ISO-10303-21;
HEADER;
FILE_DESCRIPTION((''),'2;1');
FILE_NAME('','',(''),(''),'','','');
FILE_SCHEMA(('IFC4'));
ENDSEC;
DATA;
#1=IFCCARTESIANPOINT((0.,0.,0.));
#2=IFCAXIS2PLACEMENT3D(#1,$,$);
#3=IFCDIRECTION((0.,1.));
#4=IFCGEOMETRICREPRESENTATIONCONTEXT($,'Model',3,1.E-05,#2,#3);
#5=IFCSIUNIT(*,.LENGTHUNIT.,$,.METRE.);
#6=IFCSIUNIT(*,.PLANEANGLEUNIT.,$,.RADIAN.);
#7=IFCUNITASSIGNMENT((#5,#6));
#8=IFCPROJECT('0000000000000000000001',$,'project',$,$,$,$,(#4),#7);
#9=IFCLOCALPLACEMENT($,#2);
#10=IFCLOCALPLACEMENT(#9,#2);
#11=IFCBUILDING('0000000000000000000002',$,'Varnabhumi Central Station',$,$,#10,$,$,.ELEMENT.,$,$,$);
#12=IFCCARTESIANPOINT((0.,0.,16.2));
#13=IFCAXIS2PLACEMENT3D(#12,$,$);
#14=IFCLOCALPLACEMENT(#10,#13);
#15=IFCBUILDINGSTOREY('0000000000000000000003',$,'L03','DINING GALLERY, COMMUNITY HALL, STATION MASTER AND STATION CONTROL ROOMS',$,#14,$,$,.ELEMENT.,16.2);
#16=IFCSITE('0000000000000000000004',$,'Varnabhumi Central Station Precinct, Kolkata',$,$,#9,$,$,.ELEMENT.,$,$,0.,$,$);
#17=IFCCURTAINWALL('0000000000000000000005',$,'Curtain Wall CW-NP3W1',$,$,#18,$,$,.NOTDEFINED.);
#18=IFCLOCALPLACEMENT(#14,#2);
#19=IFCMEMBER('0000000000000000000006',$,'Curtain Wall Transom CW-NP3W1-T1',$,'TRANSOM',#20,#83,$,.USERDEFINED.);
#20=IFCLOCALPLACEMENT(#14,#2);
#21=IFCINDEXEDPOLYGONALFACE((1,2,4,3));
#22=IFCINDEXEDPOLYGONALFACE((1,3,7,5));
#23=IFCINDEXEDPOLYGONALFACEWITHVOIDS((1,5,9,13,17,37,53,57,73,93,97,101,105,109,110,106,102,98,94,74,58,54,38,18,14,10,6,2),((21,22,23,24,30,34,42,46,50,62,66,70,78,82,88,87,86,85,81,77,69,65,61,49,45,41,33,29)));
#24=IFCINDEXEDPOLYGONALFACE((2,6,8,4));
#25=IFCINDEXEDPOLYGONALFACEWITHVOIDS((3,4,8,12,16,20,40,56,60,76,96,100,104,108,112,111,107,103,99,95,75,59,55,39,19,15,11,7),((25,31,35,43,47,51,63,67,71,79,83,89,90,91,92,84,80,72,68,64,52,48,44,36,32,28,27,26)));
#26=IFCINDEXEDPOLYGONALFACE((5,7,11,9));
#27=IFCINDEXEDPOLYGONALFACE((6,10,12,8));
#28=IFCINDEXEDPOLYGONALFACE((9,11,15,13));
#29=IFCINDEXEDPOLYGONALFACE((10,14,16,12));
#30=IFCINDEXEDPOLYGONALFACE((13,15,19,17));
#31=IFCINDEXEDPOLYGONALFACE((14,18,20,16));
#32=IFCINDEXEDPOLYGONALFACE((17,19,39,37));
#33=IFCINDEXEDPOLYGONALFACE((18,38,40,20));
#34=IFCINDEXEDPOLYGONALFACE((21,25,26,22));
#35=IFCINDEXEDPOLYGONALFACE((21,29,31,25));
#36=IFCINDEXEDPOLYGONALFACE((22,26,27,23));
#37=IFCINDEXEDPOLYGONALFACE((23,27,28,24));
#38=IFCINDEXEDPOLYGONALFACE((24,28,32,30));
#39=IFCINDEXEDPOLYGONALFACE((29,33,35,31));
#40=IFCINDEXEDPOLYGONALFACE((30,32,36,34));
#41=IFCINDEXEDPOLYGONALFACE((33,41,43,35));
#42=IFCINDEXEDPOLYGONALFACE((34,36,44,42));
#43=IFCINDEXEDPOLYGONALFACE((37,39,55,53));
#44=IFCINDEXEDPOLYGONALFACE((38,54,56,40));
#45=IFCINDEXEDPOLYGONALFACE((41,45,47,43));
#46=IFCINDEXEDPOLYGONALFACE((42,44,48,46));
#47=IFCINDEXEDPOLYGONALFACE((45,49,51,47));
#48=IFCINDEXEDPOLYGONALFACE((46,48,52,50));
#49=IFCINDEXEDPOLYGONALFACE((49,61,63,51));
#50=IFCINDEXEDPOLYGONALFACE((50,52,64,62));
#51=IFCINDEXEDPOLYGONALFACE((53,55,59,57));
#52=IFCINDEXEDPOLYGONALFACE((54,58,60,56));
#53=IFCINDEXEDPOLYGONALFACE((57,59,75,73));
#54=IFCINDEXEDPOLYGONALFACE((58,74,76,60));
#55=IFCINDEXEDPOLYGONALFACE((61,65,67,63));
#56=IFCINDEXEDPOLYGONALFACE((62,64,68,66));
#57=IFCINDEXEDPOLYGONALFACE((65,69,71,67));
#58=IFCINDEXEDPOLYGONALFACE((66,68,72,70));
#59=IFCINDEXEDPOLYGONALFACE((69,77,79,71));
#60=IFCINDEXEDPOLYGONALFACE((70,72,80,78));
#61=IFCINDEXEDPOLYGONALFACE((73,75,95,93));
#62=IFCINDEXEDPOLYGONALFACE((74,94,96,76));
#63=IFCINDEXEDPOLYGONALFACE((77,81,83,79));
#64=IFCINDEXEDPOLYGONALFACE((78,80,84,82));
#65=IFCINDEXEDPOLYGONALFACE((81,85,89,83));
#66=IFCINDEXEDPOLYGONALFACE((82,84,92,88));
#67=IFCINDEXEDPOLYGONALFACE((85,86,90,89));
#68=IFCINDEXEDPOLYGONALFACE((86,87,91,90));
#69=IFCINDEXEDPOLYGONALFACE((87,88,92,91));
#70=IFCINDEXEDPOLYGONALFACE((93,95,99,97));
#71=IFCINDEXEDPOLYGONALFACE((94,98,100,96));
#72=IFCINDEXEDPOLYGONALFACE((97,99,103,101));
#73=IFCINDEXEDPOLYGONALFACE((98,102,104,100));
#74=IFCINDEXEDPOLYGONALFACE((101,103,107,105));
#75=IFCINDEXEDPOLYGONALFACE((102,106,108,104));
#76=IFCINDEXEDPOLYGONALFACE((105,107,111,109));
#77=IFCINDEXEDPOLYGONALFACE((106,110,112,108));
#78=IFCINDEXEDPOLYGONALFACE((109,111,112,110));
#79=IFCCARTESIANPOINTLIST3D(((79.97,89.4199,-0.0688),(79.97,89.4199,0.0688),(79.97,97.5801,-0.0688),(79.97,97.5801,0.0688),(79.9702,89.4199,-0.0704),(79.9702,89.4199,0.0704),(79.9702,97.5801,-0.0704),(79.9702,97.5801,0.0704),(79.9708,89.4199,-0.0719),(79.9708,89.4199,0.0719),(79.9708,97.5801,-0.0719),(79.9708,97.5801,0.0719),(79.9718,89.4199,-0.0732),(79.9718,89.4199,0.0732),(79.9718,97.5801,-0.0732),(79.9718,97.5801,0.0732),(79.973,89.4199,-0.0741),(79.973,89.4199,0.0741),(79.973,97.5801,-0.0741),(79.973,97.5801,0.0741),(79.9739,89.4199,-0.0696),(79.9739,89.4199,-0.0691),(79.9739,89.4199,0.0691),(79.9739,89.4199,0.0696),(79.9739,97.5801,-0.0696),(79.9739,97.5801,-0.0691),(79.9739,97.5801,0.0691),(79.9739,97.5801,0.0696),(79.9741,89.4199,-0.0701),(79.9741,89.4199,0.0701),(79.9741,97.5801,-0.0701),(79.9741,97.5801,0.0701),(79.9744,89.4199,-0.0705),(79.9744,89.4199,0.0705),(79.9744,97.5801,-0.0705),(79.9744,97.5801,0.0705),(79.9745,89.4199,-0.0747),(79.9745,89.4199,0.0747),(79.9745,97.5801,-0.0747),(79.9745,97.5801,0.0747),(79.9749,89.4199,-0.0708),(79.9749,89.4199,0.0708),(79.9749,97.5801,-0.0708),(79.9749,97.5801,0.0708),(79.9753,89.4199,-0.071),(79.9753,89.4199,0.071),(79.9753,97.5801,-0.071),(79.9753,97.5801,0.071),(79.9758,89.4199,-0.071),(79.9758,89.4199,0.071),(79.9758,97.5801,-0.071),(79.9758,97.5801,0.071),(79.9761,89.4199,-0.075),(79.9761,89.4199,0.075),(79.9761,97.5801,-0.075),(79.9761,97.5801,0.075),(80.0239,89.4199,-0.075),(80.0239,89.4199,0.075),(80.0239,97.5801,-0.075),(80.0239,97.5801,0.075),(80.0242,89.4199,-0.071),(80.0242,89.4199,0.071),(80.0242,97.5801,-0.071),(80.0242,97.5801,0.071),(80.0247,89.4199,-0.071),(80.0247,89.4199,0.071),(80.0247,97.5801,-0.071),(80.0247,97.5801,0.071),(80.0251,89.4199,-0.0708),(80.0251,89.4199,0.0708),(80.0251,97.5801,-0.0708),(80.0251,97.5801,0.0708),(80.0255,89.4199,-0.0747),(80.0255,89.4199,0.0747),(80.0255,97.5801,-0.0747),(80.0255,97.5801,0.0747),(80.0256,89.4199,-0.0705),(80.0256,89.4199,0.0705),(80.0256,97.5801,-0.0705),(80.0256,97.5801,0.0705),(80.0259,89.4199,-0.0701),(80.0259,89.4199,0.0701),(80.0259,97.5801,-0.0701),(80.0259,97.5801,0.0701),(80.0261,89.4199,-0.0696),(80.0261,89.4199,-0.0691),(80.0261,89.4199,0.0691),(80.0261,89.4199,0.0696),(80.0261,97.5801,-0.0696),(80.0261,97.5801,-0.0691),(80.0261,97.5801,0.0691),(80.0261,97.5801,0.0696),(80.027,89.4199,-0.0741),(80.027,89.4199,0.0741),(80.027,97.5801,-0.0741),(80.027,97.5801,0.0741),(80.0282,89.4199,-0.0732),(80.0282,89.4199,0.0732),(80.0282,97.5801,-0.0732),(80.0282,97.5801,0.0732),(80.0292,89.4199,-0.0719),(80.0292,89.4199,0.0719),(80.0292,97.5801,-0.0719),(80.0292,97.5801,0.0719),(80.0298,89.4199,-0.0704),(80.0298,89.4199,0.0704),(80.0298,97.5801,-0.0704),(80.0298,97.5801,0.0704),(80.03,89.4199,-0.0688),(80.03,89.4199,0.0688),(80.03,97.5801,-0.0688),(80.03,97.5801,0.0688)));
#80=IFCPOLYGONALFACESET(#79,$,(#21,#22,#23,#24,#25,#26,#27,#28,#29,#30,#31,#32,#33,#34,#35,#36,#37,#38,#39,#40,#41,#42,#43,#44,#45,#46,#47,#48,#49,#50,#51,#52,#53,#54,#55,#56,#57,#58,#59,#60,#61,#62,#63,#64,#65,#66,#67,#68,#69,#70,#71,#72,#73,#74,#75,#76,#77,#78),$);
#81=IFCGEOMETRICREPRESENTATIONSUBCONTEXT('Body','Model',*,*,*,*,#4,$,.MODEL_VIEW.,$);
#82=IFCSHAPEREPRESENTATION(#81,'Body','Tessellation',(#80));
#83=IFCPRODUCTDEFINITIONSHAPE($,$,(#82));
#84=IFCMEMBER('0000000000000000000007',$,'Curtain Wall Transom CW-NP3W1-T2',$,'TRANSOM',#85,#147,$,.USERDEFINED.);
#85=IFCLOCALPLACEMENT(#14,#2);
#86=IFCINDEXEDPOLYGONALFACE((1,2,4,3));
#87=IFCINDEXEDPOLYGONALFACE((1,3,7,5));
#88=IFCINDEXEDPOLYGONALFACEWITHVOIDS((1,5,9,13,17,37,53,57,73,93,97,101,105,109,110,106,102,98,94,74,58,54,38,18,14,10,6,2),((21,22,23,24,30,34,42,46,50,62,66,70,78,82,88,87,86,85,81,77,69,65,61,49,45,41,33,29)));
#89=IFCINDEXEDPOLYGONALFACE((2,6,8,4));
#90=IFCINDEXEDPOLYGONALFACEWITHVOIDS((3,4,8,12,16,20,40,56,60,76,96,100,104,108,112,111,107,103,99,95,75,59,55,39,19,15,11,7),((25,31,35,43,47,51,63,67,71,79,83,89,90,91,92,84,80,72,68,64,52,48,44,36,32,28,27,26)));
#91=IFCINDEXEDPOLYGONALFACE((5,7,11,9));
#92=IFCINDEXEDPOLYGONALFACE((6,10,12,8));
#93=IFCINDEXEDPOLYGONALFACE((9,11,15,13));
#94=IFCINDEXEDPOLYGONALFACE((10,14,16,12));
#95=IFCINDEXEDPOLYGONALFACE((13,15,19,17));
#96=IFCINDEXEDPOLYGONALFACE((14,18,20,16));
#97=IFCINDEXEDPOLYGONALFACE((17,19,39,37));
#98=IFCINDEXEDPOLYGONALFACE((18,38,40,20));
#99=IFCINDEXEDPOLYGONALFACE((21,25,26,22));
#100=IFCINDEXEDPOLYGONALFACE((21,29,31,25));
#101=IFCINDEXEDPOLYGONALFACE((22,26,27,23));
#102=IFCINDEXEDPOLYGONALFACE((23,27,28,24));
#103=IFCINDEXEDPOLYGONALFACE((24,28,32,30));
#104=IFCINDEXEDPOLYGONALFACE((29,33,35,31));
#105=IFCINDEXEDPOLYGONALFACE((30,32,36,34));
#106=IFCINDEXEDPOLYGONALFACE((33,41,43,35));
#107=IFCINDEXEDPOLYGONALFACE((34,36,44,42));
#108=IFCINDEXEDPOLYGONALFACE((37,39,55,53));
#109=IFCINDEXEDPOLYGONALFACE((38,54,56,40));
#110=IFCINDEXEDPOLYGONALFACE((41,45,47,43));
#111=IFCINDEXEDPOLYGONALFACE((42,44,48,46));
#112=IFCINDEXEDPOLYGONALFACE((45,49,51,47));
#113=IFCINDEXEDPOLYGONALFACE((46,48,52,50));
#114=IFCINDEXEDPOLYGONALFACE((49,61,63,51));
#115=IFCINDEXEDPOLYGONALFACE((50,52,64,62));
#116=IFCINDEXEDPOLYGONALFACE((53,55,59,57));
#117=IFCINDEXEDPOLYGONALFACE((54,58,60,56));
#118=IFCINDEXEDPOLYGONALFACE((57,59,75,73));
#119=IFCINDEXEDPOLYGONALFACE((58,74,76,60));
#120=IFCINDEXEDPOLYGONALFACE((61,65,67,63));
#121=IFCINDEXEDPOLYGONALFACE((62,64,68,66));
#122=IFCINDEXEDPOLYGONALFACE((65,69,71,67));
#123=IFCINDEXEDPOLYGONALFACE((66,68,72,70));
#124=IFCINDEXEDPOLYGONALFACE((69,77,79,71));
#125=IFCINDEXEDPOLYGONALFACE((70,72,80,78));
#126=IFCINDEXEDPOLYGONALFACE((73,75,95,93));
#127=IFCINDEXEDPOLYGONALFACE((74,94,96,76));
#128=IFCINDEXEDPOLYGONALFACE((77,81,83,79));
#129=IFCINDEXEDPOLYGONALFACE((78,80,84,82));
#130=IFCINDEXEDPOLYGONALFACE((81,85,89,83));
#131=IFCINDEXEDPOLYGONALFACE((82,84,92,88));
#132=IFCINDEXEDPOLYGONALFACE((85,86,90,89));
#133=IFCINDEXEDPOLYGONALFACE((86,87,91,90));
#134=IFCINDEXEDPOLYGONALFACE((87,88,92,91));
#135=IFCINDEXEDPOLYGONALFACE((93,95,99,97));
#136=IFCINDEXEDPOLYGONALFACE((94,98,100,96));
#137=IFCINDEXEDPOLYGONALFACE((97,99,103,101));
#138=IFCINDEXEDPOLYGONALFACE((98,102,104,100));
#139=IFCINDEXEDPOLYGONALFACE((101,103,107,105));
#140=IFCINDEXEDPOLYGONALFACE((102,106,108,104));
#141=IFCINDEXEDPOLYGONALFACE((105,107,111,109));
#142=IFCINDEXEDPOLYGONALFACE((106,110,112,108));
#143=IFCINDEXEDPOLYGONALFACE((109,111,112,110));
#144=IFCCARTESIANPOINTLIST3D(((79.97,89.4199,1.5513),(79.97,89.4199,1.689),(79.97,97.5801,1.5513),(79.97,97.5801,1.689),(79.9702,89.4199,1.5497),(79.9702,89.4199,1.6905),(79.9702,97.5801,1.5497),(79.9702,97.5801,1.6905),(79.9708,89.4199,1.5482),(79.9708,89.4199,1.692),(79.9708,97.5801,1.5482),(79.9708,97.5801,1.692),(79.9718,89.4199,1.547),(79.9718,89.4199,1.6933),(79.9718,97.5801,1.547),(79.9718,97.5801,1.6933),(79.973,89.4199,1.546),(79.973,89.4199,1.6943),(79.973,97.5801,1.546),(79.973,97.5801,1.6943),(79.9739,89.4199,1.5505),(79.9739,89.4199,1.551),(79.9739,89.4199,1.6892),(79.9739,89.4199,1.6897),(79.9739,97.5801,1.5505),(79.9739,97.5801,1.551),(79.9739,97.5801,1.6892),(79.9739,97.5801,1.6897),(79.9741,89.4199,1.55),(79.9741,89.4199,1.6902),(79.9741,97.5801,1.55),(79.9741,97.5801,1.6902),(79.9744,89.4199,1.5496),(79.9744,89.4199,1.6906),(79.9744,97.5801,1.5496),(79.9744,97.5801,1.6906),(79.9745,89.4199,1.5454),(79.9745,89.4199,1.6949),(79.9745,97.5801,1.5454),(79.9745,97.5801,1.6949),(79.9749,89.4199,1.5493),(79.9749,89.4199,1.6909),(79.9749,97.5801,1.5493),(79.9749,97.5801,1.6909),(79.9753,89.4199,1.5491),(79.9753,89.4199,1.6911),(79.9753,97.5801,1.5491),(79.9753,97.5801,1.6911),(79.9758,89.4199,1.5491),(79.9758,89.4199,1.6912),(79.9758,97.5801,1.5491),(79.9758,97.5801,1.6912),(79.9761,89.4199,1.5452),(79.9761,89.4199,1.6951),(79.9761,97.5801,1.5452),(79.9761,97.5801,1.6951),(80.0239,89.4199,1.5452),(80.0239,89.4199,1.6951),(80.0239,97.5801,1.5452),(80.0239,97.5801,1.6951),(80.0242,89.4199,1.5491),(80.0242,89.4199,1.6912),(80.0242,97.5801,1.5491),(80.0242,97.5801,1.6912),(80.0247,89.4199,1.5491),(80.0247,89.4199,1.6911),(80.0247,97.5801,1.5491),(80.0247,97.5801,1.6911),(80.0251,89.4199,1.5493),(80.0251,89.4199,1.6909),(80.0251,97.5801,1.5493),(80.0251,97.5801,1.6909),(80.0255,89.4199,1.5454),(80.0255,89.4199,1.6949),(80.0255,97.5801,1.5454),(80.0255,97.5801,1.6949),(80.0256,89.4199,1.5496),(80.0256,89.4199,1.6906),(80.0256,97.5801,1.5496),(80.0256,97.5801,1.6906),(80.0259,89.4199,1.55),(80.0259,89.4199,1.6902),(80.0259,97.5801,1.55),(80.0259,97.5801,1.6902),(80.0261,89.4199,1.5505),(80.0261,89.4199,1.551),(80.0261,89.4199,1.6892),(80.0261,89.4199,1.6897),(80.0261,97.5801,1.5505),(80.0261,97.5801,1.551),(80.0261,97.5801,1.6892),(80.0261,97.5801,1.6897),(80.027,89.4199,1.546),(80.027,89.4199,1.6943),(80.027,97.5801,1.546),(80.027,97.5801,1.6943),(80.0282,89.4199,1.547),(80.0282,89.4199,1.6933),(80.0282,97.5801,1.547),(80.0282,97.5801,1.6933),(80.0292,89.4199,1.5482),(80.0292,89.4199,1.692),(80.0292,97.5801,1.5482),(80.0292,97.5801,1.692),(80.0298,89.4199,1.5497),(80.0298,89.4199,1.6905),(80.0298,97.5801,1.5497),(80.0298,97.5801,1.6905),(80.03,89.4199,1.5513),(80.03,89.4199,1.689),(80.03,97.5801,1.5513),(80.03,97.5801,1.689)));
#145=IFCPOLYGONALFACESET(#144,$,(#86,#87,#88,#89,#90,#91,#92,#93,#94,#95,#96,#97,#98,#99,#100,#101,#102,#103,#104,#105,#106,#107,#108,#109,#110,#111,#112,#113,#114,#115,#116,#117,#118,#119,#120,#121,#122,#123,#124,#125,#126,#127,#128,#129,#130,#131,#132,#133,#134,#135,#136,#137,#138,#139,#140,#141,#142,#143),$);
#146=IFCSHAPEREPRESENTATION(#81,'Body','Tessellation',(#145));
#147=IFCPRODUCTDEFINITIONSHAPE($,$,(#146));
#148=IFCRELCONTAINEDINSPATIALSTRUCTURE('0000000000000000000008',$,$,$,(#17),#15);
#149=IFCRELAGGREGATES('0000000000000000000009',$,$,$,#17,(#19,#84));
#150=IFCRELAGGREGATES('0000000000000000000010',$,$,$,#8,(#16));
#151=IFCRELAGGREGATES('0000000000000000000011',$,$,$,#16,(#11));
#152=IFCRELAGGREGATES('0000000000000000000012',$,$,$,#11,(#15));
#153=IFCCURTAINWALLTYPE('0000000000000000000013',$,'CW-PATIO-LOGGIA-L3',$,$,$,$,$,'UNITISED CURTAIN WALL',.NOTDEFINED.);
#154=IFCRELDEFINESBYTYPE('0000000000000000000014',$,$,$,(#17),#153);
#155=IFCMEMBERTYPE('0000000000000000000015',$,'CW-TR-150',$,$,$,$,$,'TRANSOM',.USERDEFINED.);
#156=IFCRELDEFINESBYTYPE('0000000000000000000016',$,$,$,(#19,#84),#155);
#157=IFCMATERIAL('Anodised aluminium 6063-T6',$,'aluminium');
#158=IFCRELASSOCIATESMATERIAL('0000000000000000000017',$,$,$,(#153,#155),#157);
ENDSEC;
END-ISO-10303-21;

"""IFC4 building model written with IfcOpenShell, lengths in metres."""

from ifc_helpers import new_model, si_unit, direction, frame, origin, origin_2d, place, context, subcontext, project, spatial, hollow_rectangle, extrude, material, material_profile, profile_set, type_object, element, aggregate, save


model = new_model("IFC4")

# Units and contexts
model_context = context("Model", 3, precision=1e-05, world=origin(), true_north=direction((0.0, 1.0)))
body_context = subcontext(model_context, "Body", "Model", "MODEL_VIEW")
ifc_project = project(units=[si_unit("LENGTHUNIT", "METRE"), si_unit("PLANEANGLEUNIT", "RADIAN")], contexts=[model_context])

# Site, building, storey
site_placement = place(None, origin())
site = spatial("IfcSite", under=ifc_project, at=site_placement, Name="Varnabhumi Central Station Precinct, Kolkata", CompositionType="ELEMENT", RefElevation=0.0)
building_placement = place(site_placement, origin())
building = spatial("IfcBuilding", under=site, at=building_placement, Name="Varnabhumi Central Station", CompositionType="ELEMENT")
storey_placement = place(building_placement, frame((0.0, 0.0, 16.2)))
storey = spatial("IfcBuildingStorey", under=building, at=storey_placement, Name="L03", Description="DINING GALLERY, COMMUNITY HALL, STATION MASTER AND STATION CONTROL ROOMS", CompositionType="ELEMENT", Elevation=16.2)

# Curtain wall
ifc_material_1 = material(Name="Anodised aluminium 6063-T6", Category="aluminium")
curtain_wall_type = type_object("IfcCurtainWallType", Name="CW-PATIO-LOGGIA-L3", ElementType="UNITISED CURTAIN WALL", PredefinedType="NOTDEFINED", material=ifc_material_1)
curtain_wall_1_placement = place(storey_placement, origin())
curtain_wall_1 = element("IfcCurtainWall", 1, at=curtain_wall_1_placement, inside=storey, type_object=curtain_wall_type, Name="Curtain Wall CW-NP3W1", PredefinedType="NOTDEFINED")

# Members
ifc_material_profile_1 = material_profile(ifc_material_1, hollow_rectangle(XDim=0.0601, YDim=0.1499, WallThickness=0.0039, InnerFilletRadius=0.002, OuterFilletRadius=0.0061, at=origin_2d()), Name="Anodised aluminium 6063-T6", Category="aluminium")
ifc_profile_set_1 = profile_set([ifc_material_profile_1], Name="Anodised aluminium 6063-T6")
member_type_1 = type_object("IfcMemberType", Name="CW-TR-150", ElementType="TRANSOM", PredefinedType="USERDEFINED", material=ifc_profile_set_1)
member_1_placement = place(storey_placement, frame((80.0, 89.4199, 0.0), z_axis=(0.0, 1.0, 0.0), x_axis=(-1.0, 0.0, 0.0)))
member_1 = element("IfcMember", 2, at=member_1_placement, type_object=member_type_1, Name="Curtain Wall Transom CW-NP3W1-T1", ObjectType="TRANSOM", PredefinedType="USERDEFINED", context=body_context, shape_type="SweptSolid", body=[
    extrude(hollow_rectangle(XDim=0.0601, YDim=0.1499, WallThickness=0.0039, InnerFilletRadius=0.002, OuterFilletRadius=0.0061, at=origin_2d()), origin(), (0.0, 0.0, 1.0), 8.1602),
])
member_2_placement = place(storey_placement, frame((80.0, 89.4199, 1.6201), z_axis=(0.0, 1.0, 0.0), x_axis=(-1.0, 0.0, 0.0)))
member_2 = element("IfcMember", 3, at=member_2_placement, type_object=member_type_1, Name="Curtain Wall Transom CW-NP3W1-T2", ObjectType="TRANSOM", PredefinedType="USERDEFINED", context=body_context, shape_type="SweptSolid", body=[
    extrude(hollow_rectangle(XDim=0.0601, YDim=0.1499, WallThickness=0.0039, InnerFilletRadius=0.002, OuterFilletRadius=0.0061, at=origin_2d()), origin(), (0.0, 0.0, 1.0), 8.1602),
])

aggregate(curtain_wall_1, [member_1, member_2])

save(model, "model.ifc")
